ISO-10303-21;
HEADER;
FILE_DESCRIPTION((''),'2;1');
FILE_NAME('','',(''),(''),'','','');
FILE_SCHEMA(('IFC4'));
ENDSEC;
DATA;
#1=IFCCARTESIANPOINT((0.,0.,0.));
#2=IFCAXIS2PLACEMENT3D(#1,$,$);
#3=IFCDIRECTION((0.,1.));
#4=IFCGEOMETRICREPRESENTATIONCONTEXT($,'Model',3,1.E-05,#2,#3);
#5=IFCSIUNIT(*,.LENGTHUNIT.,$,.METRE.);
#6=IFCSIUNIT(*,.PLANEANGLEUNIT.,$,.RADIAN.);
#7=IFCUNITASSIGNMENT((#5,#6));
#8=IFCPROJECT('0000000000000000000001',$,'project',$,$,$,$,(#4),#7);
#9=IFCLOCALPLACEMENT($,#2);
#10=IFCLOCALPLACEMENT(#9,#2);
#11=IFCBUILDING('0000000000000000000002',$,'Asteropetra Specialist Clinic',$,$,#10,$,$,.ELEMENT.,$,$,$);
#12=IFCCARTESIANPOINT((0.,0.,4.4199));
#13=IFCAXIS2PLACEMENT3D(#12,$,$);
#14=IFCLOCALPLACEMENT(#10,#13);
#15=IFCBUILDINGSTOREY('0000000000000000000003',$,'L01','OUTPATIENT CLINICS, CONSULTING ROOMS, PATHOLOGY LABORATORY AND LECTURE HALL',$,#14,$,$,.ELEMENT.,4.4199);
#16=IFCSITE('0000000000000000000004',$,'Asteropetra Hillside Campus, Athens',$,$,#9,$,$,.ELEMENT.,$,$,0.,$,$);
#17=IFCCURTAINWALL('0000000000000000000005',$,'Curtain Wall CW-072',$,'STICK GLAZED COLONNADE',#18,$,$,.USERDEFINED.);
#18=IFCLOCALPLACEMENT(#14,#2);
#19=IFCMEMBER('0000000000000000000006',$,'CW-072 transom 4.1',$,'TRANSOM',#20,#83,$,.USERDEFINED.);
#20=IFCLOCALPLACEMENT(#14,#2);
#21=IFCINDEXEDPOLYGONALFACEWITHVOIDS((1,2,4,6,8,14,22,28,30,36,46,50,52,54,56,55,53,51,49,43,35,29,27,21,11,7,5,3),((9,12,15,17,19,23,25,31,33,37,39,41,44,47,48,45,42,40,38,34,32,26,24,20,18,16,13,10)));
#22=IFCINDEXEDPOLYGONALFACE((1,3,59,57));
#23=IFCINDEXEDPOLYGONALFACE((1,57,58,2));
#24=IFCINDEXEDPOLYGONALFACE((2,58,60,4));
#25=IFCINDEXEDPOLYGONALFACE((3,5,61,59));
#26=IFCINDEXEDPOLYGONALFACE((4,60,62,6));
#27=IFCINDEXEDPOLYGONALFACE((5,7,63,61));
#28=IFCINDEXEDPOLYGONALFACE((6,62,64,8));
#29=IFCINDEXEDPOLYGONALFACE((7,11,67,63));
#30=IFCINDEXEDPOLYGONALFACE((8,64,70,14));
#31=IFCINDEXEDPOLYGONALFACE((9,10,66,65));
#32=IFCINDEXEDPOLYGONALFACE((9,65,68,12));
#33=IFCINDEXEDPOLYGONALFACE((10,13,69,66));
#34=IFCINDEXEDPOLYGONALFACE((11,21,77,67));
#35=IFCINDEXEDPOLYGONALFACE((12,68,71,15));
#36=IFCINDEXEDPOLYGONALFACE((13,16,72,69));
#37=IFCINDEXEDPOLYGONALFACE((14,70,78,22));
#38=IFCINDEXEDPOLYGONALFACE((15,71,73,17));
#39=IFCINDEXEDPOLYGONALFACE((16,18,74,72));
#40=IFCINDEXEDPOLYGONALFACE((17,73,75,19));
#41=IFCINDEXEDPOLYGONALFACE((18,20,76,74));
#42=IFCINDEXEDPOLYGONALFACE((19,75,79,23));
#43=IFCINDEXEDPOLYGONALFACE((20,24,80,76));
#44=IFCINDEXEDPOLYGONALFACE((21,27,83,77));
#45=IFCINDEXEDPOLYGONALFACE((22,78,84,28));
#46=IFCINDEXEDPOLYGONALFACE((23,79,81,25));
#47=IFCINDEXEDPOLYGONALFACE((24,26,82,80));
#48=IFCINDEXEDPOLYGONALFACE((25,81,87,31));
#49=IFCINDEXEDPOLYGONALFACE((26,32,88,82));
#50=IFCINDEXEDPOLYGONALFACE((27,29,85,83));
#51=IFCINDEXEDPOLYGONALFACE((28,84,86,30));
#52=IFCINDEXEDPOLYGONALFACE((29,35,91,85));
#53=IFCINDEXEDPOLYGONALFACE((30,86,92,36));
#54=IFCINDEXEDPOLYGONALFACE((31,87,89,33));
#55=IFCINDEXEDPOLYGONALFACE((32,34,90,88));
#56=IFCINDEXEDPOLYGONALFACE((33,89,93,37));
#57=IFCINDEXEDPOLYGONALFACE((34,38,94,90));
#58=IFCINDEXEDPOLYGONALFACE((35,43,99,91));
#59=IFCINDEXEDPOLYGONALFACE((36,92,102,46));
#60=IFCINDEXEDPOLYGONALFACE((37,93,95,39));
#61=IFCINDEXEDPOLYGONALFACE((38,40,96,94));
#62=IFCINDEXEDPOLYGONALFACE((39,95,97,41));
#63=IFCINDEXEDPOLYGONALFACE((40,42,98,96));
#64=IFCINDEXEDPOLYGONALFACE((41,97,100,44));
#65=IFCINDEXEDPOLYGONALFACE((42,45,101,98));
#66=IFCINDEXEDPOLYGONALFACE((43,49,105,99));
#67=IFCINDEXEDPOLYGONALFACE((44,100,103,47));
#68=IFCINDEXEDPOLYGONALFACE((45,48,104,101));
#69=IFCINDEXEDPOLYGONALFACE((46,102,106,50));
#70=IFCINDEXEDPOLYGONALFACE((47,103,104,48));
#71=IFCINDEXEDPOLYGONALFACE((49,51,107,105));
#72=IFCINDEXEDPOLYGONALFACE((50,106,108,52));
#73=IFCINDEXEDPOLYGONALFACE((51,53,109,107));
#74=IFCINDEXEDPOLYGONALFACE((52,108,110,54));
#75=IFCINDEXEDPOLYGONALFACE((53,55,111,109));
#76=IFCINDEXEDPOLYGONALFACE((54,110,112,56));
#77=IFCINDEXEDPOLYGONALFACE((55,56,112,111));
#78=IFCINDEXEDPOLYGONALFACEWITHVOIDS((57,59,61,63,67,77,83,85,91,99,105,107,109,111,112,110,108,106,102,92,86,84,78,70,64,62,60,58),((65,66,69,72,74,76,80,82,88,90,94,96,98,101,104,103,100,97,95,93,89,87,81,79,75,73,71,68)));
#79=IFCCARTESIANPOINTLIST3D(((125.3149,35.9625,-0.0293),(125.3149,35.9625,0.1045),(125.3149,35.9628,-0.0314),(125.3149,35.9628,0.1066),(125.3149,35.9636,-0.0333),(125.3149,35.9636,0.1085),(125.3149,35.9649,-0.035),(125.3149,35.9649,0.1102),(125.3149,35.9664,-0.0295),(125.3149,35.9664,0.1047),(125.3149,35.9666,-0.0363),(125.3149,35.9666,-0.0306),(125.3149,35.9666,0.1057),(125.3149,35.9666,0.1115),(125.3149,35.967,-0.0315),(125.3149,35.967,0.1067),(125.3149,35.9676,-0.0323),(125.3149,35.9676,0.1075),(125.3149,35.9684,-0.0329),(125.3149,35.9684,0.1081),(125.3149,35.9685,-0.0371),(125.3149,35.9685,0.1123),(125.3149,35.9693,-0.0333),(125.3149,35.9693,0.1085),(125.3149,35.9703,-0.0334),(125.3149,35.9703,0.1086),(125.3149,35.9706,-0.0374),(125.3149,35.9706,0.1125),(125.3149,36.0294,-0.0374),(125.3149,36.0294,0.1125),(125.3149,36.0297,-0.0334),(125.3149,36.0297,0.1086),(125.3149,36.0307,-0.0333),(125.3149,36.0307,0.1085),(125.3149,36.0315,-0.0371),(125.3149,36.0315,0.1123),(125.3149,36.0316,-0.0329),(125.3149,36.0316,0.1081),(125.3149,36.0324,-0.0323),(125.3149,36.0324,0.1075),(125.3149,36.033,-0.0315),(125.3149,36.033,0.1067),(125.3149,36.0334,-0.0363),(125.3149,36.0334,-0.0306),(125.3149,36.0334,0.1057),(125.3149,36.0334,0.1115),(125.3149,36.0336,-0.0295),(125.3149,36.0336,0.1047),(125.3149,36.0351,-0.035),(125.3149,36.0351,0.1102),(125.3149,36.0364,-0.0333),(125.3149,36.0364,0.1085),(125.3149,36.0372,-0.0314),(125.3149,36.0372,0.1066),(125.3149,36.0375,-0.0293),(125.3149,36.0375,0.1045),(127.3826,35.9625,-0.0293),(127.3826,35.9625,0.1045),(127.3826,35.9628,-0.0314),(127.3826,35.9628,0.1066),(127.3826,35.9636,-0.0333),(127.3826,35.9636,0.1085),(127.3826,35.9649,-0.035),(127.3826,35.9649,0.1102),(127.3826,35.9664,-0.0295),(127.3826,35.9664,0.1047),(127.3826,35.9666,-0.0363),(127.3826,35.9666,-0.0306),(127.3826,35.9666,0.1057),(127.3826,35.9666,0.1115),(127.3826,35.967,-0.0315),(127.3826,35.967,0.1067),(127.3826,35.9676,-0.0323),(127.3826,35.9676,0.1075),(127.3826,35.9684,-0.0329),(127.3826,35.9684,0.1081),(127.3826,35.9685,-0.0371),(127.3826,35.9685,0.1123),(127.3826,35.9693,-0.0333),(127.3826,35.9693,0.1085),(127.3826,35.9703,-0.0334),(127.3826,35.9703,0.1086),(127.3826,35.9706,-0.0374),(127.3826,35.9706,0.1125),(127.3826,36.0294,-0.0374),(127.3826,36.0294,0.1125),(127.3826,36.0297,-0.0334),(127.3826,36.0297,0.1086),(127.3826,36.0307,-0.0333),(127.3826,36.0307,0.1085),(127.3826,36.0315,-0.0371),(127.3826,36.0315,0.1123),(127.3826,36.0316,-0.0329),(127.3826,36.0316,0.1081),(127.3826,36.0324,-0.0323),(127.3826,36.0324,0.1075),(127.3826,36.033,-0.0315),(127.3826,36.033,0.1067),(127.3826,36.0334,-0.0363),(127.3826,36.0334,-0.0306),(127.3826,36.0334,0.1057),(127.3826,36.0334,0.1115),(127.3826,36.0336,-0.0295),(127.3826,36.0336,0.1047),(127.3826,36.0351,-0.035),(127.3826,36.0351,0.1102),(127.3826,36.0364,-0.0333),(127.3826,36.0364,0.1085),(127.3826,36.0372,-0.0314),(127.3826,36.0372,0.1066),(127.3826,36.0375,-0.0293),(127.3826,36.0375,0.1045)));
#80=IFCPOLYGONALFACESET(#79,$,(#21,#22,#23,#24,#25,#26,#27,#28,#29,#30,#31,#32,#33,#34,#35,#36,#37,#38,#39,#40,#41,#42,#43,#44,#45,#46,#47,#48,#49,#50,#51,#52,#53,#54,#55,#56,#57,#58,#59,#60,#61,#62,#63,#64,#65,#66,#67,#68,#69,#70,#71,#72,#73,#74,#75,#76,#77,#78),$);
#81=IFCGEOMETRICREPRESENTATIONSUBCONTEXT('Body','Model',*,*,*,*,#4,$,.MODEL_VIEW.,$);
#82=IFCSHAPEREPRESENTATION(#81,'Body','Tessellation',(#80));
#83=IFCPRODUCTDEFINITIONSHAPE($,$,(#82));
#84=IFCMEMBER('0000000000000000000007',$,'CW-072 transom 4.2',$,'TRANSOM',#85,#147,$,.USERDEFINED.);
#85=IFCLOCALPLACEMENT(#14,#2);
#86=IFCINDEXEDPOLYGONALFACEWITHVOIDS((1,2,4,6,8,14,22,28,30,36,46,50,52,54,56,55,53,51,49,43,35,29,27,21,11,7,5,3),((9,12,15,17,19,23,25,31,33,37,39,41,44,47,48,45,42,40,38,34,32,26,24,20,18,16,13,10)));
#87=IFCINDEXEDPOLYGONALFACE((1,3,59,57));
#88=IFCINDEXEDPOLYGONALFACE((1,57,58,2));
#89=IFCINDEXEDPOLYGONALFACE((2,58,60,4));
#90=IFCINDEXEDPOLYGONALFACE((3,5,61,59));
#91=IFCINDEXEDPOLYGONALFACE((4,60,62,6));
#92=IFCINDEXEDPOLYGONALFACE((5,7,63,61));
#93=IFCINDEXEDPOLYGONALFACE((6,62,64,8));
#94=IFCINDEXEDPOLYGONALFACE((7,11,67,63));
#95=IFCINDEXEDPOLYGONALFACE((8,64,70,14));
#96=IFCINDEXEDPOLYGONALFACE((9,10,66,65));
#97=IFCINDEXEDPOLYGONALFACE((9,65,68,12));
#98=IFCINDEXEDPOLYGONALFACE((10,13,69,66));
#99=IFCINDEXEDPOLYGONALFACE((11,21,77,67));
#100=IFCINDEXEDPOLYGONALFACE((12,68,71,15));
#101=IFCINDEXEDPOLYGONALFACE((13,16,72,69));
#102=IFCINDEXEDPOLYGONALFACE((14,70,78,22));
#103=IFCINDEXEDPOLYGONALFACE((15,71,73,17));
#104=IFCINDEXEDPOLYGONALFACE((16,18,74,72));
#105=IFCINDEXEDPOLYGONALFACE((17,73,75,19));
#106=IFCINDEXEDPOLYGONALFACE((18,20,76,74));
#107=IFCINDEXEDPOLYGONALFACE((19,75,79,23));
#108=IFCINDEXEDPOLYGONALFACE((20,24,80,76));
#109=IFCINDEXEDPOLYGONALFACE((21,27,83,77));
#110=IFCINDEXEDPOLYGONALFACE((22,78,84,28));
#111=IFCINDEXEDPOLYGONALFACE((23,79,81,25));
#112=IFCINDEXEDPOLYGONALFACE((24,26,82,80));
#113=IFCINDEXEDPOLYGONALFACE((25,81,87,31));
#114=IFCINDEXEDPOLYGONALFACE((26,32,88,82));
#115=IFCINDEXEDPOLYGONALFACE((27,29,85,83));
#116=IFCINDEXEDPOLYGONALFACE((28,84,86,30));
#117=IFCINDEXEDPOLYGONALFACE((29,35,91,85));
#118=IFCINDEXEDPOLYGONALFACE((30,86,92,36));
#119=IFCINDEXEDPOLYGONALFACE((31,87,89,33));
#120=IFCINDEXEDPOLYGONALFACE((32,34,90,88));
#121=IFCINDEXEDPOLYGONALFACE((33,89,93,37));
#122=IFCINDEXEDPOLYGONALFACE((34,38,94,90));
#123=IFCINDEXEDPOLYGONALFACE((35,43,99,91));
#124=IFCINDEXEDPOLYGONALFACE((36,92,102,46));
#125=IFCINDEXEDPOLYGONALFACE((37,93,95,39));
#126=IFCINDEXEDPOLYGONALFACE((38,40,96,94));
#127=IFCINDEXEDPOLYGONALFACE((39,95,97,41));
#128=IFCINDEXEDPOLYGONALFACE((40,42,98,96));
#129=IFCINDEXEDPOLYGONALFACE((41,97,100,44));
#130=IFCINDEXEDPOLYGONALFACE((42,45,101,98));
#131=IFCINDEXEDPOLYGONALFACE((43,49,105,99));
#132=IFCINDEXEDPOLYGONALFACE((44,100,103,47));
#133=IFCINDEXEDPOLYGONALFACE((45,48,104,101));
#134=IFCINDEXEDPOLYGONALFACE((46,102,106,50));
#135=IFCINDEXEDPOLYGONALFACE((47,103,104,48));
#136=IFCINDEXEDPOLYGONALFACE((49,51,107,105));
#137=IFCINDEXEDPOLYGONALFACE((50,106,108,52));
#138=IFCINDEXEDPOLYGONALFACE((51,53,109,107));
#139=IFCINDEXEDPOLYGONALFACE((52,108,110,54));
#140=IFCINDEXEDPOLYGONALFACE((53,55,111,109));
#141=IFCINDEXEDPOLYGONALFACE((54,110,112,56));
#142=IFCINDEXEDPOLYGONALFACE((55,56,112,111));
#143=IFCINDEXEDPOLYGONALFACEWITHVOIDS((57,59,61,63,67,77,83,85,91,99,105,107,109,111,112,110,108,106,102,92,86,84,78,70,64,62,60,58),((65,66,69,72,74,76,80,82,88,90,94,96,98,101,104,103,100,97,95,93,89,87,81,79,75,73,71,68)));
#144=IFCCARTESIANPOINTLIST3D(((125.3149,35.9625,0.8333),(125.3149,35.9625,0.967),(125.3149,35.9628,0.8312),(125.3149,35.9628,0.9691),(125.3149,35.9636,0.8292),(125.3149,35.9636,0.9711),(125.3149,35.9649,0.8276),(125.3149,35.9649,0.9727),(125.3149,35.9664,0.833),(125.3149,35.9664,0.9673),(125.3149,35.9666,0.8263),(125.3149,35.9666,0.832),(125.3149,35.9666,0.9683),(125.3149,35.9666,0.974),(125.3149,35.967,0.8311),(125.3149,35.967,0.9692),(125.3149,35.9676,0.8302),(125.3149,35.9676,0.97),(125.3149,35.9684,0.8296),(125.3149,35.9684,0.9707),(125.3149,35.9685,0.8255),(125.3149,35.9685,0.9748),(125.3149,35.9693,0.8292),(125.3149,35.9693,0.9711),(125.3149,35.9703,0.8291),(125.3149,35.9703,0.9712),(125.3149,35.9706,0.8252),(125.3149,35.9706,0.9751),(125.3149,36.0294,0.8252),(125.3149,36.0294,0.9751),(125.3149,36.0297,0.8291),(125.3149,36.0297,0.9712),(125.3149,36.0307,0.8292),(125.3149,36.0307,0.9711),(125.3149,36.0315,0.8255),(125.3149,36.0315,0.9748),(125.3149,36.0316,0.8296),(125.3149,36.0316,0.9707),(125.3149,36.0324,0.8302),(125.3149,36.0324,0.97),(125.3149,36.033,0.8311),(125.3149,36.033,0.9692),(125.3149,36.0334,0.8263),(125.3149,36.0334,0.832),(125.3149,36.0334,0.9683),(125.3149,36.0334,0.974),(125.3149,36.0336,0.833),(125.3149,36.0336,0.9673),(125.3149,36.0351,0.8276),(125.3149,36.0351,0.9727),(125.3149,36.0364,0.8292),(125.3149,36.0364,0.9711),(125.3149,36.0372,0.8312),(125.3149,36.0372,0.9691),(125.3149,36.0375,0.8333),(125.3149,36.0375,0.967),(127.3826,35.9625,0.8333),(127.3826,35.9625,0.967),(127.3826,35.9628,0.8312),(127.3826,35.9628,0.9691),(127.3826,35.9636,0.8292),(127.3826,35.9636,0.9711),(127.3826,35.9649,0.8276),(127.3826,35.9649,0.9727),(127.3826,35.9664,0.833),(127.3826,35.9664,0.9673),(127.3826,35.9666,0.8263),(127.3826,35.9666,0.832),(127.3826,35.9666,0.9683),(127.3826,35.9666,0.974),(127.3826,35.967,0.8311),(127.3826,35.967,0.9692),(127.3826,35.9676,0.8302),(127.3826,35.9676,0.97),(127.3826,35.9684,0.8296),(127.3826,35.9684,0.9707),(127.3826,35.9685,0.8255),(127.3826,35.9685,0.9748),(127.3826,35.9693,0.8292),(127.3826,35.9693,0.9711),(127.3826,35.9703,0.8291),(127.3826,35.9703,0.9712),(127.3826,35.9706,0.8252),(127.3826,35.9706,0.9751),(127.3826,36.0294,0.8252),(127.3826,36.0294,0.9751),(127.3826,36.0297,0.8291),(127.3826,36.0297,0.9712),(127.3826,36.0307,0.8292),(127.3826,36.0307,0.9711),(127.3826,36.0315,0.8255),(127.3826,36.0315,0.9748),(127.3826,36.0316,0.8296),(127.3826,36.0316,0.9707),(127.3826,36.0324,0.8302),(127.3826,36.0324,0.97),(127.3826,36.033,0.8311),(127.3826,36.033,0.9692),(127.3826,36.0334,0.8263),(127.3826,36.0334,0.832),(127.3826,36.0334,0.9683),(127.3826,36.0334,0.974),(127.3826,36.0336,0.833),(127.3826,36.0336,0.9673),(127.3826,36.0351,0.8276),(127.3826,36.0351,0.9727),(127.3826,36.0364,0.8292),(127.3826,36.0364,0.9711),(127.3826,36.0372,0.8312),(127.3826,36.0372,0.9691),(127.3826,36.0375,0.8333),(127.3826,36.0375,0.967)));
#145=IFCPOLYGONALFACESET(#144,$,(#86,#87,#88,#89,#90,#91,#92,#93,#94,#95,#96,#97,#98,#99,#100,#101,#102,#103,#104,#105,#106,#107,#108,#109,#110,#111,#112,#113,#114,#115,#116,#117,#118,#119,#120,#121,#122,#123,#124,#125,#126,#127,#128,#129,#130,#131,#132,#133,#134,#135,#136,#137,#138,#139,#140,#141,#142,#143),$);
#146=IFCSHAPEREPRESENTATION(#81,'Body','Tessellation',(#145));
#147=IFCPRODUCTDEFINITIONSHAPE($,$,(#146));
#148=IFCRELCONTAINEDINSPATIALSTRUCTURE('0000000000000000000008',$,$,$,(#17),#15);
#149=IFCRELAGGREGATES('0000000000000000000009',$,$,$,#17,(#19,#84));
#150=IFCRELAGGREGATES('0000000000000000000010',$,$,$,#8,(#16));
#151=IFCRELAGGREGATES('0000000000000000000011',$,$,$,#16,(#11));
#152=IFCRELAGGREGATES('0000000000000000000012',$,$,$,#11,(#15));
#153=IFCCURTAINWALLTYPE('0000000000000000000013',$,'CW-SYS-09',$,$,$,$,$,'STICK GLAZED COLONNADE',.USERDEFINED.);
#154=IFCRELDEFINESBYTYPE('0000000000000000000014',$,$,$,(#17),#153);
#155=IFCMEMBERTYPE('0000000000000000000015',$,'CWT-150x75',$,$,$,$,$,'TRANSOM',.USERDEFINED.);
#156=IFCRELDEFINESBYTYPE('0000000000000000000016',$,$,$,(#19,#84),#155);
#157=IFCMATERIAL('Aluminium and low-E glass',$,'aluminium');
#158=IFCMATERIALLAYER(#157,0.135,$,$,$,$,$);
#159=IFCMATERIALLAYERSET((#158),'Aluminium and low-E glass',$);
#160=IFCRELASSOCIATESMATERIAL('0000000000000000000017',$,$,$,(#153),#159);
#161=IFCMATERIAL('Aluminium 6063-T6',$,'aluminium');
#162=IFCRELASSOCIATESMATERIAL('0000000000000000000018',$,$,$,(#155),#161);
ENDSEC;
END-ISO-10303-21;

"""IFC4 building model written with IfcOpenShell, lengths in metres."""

from ifc_helpers import new_model, si_unit, direction, frame, origin, origin_2d, place, context, subcontext, project, spatial, hollow_rectangle, extrude, material, layer, layer_set, material_profile, profile_set, type_object, element, aggregate, save


model = new_model("IFC4")

# Units and contexts
model_context = context("Model", 3, precision=1e-05, world=origin(), true_north=direction((0.0, 1.0)))
body_context = subcontext(model_context, "Body", "Model", "MODEL_VIEW")
ifc_project = project(units=[si_unit("LENGTHUNIT", "METRE"), si_unit("PLANEANGLEUNIT", "RADIAN")], contexts=[model_context])

# Site, building, storey
site_placement = place(None, origin())
site = spatial("IfcSite", under=ifc_project, at=site_placement, Name="Asteropetra Hillside Campus, Athens", CompositionType="ELEMENT", RefElevation=0.0)
building_placement = place(site_placement, origin())
building = spatial("IfcBuilding", under=site, at=building_placement, Name="Asteropetra Specialist Clinic", CompositionType="ELEMENT")
storey_placement = place(building_placement, frame((0.0, 0.0, 4.4199)))
storey = spatial("IfcBuildingStorey", under=building, at=storey_placement, Name="L01", Description="OUTPATIENT CLINICS, CONSULTING ROOMS, PATHOLOGY LABORATORY AND LECTURE HALL", CompositionType="ELEMENT", Elevation=4.4199)

# Curtain wall, members
ifc_material_1 = material(Name="Aluminium and low-E glass", Category="aluminium")
ifc_layer_1 = layer(ifc_material_1, 0.135)
ifc_layer_set_1 = layer_set([ifc_layer_1], Name="Aluminium and low-E glass")
curtain_wall_type = type_object("IfcCurtainWallType", Name="CW-SYS-09", ElementType="STICK GLAZED COLONNADE", PredefinedType="USERDEFINED", material=ifc_layer_set_1)
curtain_wall_placement = place(storey_placement, origin())
curtain_wall = element("IfcCurtainWall", 1, at=curtain_wall_placement, inside=storey, type_object=curtain_wall_type, Name="Curtain Wall CW-072", ObjectType="STICK GLAZED COLONNADE", PredefinedType="USERDEFINED")
ifc_material_2 = material(Name="Aluminium 6063-T6", Category="aluminium")
ifc_material_profile_1 = material_profile(ifc_material_2, hollow_rectangle(XDim=0.075, YDim=0.1499, WallThickness=0.0039, InnerFilletRadius=0.0039, OuterFilletRadius=0.0081, at=origin_2d()), Name="TRN 150x75x4.0")
ifc_profile_set_1 = profile_set([ifc_material_profile_1], Name="Aluminium 6063-T6")
member_type_1 = type_object("IfcMemberType", Name="CWT-150x75", ElementType="TRANSOM", PredefinedType="USERDEFINED", material=ifc_profile_set_1)
member_1_placement = place(storey_placement, frame((127.3826, 36.0, 0.0376), z_axis=(-1.0, 0.0, 0.0), x_axis=(0.0, -1.0, 0.0)))
member_1 = element("IfcMember", 2, at=member_1_placement, type_object=member_type_1, Name="CW-072 transom 4.1", ObjectType="TRANSOM", PredefinedType="USERDEFINED", context=body_context, shape_type="SweptSolid", body=[
    extrude(hollow_rectangle(XDim=0.075, YDim=0.1499, WallThickness=0.0039, InnerFilletRadius=0.0039, OuterFilletRadius=0.0081, at=origin_2d()), origin(), (0.0, 0.0, 1.0), 2.0676),
])
member_2_placement = place(storey_placement, frame((127.3826, 36.0, 0.9001), z_axis=(-1.0, 0.0, 0.0), x_axis=(0.0, -1.0, 0.0)))
member_2 = element("IfcMember", 3, at=member_2_placement, type_object=member_type_1, Name="CW-072 transom 4.2", ObjectType="TRANSOM", PredefinedType="USERDEFINED", context=body_context, shape_type="SweptSolid", body=[
    extrude(hollow_rectangle(XDim=0.075, YDim=0.1499, WallThickness=0.0039, InnerFilletRadius=0.0039, OuterFilletRadius=0.0081, at=origin_2d()), origin(), (0.0, 0.0, 1.0), 2.0676),
])
aggregate(curtain_wall, [member_1, member_2])

save(model, "model.ifc")
